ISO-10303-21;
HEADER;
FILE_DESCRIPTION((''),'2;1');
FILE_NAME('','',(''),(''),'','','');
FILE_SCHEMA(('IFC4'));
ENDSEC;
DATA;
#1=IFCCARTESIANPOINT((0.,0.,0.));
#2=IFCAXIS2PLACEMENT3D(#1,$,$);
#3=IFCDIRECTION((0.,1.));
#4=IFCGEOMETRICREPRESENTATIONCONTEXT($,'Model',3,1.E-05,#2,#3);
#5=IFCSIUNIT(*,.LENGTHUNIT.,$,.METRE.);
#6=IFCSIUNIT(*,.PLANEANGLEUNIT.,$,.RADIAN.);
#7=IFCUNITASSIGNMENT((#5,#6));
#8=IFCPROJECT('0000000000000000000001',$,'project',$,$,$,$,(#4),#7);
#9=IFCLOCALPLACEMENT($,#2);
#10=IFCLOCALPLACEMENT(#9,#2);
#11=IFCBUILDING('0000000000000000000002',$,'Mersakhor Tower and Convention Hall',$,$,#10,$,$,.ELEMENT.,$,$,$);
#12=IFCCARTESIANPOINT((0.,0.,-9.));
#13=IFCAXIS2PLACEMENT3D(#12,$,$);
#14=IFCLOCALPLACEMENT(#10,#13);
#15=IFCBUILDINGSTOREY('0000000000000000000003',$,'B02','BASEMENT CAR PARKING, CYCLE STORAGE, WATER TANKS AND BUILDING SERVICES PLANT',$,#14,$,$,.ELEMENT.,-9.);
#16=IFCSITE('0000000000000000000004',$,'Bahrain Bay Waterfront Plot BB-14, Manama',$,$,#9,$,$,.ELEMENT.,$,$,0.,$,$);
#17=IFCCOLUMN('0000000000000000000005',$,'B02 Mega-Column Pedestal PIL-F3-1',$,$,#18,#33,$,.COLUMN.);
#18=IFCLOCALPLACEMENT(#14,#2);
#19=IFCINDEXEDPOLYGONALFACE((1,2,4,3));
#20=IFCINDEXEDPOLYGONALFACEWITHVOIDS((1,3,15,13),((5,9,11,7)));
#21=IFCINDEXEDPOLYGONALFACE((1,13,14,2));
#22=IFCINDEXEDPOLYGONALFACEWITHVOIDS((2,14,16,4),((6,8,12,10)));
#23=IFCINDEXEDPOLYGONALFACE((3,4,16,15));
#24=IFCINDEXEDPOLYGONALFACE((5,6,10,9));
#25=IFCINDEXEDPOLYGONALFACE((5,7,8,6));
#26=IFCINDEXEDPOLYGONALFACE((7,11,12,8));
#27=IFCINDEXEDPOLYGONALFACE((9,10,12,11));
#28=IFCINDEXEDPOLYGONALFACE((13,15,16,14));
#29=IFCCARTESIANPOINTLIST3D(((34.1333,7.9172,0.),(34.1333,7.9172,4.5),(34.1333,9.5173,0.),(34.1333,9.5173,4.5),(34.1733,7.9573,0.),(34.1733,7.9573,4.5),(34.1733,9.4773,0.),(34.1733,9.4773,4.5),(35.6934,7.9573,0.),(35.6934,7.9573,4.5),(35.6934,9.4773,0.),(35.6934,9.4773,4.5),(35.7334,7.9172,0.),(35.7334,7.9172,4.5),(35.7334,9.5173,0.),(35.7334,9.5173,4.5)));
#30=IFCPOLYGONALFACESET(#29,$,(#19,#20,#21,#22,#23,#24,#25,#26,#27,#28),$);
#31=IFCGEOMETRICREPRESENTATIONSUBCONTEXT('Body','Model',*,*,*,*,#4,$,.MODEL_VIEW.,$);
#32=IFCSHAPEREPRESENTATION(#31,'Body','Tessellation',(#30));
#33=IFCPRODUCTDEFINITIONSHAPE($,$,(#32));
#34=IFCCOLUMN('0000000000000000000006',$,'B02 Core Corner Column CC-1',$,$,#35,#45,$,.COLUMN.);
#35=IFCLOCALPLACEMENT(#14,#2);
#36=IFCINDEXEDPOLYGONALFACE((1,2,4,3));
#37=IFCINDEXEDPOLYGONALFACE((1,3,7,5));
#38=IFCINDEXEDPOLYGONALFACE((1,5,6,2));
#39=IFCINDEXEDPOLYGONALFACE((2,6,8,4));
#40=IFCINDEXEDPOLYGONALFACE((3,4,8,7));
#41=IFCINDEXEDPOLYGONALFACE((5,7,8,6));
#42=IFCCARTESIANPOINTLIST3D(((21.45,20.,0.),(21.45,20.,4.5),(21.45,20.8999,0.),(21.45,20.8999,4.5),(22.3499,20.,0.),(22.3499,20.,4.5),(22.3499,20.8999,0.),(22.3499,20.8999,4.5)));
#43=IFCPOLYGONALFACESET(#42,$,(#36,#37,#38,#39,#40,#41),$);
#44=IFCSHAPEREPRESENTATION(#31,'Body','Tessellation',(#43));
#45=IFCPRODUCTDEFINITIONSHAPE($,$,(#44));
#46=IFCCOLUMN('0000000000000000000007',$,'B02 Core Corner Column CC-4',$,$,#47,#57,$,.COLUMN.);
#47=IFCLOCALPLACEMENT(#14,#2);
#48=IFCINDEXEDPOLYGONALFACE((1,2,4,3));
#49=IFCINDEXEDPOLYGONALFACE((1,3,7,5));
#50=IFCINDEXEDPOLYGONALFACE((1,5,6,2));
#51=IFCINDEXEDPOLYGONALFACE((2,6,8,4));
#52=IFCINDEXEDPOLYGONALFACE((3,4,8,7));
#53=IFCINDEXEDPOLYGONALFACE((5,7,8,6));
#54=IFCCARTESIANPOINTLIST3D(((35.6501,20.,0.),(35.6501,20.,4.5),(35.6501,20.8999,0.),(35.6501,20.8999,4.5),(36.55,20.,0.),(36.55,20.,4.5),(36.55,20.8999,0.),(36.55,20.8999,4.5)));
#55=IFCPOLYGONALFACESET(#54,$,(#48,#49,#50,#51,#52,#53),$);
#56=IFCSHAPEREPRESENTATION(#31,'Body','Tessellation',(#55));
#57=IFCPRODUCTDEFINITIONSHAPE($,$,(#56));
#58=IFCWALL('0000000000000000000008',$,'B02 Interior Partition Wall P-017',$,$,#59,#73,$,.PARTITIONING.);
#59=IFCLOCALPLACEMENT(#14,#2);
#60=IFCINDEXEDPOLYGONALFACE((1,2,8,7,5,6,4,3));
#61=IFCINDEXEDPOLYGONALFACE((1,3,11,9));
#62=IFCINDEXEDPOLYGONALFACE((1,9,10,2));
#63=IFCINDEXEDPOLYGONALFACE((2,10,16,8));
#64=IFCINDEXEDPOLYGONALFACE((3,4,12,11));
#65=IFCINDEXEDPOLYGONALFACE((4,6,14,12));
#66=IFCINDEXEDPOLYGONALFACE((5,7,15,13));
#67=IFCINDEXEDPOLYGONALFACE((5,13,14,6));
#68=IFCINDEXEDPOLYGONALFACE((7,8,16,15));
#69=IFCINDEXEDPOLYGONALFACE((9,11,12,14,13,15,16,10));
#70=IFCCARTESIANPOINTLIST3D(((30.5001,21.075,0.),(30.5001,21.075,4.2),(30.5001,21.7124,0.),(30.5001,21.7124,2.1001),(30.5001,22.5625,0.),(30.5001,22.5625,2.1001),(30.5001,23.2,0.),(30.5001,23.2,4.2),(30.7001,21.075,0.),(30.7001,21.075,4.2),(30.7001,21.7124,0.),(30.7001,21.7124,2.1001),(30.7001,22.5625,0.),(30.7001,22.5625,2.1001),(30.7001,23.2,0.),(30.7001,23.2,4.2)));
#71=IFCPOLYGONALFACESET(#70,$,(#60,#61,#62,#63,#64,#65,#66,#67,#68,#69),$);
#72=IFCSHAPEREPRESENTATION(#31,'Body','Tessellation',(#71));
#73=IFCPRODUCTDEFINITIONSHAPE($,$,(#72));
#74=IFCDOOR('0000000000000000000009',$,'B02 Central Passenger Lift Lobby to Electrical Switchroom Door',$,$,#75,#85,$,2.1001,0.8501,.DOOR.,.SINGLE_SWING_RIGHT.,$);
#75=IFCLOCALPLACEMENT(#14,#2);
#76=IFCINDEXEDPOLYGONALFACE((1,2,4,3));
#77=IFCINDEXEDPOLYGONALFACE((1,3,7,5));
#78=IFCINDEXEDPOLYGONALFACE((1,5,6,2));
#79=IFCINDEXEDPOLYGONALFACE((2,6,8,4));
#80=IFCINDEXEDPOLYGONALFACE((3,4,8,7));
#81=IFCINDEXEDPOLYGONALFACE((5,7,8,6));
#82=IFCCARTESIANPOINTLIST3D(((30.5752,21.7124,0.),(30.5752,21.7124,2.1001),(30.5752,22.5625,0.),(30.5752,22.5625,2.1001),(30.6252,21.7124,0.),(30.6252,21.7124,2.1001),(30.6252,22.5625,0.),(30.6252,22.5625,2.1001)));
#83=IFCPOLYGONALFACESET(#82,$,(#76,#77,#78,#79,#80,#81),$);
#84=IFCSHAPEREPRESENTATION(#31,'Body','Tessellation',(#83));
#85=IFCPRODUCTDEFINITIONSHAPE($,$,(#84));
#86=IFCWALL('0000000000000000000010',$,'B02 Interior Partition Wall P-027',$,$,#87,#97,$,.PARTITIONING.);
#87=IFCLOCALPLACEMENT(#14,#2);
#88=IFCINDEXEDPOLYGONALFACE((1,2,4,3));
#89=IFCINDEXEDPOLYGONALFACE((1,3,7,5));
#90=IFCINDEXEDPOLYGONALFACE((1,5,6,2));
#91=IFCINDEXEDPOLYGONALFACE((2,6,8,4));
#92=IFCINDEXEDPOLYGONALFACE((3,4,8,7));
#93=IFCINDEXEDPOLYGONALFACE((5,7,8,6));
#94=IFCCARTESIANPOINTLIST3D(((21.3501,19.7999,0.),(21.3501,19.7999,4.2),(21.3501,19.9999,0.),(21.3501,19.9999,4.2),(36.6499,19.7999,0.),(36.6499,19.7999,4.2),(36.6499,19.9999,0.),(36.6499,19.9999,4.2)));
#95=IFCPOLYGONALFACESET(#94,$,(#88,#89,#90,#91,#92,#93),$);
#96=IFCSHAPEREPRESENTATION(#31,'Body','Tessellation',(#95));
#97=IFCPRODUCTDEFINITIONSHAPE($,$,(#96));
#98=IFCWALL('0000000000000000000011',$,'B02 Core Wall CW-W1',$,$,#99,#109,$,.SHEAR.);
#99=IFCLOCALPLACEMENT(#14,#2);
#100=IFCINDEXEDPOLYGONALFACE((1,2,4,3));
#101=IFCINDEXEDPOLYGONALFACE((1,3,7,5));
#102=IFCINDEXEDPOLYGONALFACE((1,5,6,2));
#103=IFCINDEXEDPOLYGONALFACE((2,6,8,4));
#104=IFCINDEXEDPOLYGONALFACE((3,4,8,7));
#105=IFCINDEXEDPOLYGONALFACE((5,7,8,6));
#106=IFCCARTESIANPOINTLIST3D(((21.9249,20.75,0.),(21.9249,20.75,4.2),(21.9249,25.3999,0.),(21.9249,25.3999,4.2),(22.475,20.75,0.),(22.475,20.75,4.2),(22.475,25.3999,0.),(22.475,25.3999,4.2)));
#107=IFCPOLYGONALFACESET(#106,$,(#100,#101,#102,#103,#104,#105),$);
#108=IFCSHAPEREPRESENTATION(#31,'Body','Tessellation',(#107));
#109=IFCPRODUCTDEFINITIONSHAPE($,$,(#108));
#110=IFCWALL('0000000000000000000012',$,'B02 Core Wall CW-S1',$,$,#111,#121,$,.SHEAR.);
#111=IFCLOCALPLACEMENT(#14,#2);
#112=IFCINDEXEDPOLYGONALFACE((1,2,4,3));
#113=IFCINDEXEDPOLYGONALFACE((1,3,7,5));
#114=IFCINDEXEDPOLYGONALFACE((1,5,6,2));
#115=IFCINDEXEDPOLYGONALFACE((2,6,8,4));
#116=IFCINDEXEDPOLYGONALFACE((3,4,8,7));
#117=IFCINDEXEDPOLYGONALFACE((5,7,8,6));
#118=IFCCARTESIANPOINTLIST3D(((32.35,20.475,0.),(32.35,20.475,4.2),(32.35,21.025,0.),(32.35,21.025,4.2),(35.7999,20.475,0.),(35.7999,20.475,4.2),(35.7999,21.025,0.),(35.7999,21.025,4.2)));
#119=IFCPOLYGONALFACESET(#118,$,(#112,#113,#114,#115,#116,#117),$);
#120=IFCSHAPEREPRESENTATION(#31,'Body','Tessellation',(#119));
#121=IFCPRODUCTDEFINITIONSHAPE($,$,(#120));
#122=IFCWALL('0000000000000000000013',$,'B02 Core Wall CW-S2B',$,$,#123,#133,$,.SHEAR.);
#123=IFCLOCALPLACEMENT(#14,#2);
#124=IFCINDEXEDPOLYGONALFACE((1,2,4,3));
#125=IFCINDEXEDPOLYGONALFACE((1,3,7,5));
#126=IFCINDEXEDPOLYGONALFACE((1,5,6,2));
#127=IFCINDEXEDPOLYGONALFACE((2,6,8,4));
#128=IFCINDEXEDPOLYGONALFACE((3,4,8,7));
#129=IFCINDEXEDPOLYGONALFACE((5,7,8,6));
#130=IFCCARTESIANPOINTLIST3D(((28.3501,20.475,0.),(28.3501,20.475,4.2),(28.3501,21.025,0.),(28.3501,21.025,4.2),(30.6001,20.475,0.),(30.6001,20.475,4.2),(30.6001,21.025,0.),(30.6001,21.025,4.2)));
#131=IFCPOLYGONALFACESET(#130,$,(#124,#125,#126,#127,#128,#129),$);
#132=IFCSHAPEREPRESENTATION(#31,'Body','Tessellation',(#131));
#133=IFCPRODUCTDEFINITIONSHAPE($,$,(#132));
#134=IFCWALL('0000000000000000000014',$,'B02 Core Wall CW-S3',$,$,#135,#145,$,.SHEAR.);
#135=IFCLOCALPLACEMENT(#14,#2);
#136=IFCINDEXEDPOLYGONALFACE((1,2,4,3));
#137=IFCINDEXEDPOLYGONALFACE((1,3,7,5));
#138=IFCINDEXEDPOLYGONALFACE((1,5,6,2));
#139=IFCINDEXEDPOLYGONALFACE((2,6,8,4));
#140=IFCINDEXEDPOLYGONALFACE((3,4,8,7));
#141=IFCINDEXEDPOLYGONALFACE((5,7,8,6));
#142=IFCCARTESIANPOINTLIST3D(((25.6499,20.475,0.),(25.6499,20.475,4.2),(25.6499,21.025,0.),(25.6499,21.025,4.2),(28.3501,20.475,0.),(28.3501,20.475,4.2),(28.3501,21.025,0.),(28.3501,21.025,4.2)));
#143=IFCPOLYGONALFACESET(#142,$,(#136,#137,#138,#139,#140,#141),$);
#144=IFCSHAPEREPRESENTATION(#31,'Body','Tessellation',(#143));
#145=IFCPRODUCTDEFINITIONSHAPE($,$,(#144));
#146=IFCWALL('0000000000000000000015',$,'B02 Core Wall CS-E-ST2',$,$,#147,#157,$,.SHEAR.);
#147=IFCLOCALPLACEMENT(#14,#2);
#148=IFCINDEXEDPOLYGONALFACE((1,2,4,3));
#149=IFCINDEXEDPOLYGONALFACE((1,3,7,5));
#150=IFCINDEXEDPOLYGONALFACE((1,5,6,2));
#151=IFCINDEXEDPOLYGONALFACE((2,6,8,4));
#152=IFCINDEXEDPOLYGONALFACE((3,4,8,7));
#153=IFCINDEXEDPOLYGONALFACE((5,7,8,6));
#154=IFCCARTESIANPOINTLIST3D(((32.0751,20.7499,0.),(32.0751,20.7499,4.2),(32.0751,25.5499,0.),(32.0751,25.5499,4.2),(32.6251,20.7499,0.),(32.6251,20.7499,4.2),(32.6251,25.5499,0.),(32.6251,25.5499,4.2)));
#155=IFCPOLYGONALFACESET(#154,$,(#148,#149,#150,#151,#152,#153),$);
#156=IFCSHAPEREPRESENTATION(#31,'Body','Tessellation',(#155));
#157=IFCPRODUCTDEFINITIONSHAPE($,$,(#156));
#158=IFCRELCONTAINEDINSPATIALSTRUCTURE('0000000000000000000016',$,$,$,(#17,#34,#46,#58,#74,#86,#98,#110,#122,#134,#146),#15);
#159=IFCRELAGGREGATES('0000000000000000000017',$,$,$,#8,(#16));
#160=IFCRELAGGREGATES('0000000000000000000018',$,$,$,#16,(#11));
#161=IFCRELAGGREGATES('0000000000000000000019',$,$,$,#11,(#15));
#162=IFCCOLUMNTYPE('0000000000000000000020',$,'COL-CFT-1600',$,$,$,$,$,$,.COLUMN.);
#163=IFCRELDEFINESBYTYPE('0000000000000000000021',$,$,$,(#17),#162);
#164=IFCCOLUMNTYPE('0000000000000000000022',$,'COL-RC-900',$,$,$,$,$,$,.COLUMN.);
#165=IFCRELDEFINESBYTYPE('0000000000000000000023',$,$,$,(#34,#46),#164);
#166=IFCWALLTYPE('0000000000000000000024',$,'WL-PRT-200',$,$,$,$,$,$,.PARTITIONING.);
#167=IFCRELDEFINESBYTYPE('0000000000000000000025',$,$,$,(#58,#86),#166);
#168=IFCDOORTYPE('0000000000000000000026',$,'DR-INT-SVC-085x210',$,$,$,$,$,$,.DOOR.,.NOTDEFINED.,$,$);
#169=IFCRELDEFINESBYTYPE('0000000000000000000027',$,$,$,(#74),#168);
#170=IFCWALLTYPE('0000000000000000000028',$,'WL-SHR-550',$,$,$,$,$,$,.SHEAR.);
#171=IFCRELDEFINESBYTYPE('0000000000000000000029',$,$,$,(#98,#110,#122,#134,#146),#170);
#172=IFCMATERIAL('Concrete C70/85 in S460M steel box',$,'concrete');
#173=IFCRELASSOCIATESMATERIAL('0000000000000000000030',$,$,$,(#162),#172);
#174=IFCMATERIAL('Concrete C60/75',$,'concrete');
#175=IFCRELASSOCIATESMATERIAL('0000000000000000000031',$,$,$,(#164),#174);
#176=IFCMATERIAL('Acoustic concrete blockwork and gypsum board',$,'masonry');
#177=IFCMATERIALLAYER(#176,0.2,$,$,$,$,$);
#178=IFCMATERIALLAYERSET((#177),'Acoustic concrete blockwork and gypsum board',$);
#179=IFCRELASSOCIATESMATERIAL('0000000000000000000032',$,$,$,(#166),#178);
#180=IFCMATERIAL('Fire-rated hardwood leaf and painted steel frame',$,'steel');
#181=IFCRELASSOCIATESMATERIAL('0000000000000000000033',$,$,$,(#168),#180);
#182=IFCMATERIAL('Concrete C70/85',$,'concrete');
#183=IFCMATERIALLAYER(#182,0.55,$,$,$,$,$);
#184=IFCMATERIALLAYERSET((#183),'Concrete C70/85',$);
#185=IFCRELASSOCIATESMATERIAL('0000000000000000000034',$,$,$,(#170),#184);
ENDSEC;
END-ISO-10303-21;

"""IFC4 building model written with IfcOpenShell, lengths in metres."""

from ifc_helpers import new_model, si_unit, direction, frame, frame_2d, origin, origin_2d, place, context, subcontext, project, spatial, rectangle, hollow_rectangle, extrude, material, layer, layer_set, material_profile, profile_set, type_object, element, fill, save


model = new_model("IFC4")

# Units and contexts
model_context = context("Model", 3, precision=1e-05, world=origin(), true_north=direction((0.0, 1.0)))
body_context = subcontext(model_context, "Body", "Model", "MODEL_VIEW")
ifc_project = project(units=[si_unit("LENGTHUNIT", "METRE"), si_unit("PLANEANGLEUNIT", "RADIAN")], contexts=[model_context])

# Site, building, storey
site_placement = place(None, origin())
site = spatial("IfcSite", under=ifc_project, at=site_placement, Name="Bahrain Bay Waterfront Plot BB-14, Manama", CompositionType="ELEMENT", RefElevation=0.0)
building_placement = place(site_placement, origin())
building = spatial("IfcBuilding", under=site, at=building_placement, Name="Mersakhor Tower and Convention Hall", CompositionType="ELEMENT")
storey_placement = place(building_placement, frame((0.0, 0.0, -9.0)))
storey = spatial("IfcBuildingStorey", under=building, at=storey_placement, Name="B02", Description="BASEMENT CAR PARKING, CYCLE STORAGE, WATER TANKS AND BUILDING SERVICES PLANT", CompositionType="ELEMENT", Elevation=-9.0)

# Columns
ifc_material_1 = material(Name="Concrete C70/85 in S460M steel box", Category="concrete")
ifc_material_profile_1 = material_profile(ifc_material_1, hollow_rectangle(XDim=1.6001, YDim=1.6001, WallThickness=0.04, at=origin_2d()), Name="SHS 1600x1600x40")
ifc_profile_set_1 = profile_set([ifc_material_profile_1], Name="Concrete C70/85 in S460M steel box")
column_type_1 = type_object("IfcColumnType", Name="COL-CFT-1600", PredefinedType="COLUMN", material=ifc_profile_set_1)
column_placement = place(storey_placement, frame((34.9333, 8.7173, 0.0), z_axis=(0.0, 0.0, 1.0), x_axis=(1.0, 0.0, 0.0)))
element("IfcColumn", 1, at=column_placement, inside=storey, type_object=column_type_1, Name="B02 Mega-Column Pedestal PIL-F3-1", PredefinedType="COLUMN", context=body_context, shape_type="SweptSolid", body=[
    extrude(hollow_rectangle(XDim=1.6001, YDim=1.6001, WallThickness=0.04, at=origin_2d()), origin(), (0.0, 0.0, 1.0), 4.5),
])
ifc_material_2 = material(Name="Concrete C60/75", Category="concrete")
ifc_material_profile_2 = material_profile(ifc_material_2, rectangle(XDim=0.8999, YDim=0.8999, at=origin_2d()), Name="RC 900x900")
ifc_profile_set_2 = profile_set([ifc_material_profile_2], Name="Concrete C60/75")
column_type_2 = type_object("IfcColumnType", Name="COL-RC-900", PredefinedType="COLUMN", material=ifc_profile_set_2)
for number, where, z_axis, x_axis, name in (
    (2, (21.8999, 20.45, 0.0), (0.0, 0.0, 1.0), (1.0, 0.0, 0.0), "B02 Core Corner Column CC-1"),
    (3, (36.1001, 20.45, 0.0), (0.0, 0.0, 1.0), (1.0, 0.0, 0.0), "B02 Core Corner Column CC-4"),
):
    element("IfcColumn", number, at=place(storey_placement, frame(where, z_axis=z_axis, x_axis=x_axis)), inside=storey, type_object=column_type_2, Name=name, PredefinedType="COLUMN", context=body_context, shape_type="SweptSolid", body=[
        extrude(rectangle(XDim=0.8999, YDim=0.8999, at=origin_2d()), origin(), (0.0, 0.0, 1.0), 4.5),
    ])

# Wall, opening, door
ifc_material_3 = material(Name="Acoustic concrete blockwork and gypsum board", Category="masonry")
ifc_layer_1 = layer(ifc_material_3, 0.2)
ifc_layer_set_1 = layer_set([ifc_layer_1], Name="Acoustic concrete blockwork and gypsum board")
wall_type_1 = type_object("IfcWallType", Name="WL-PRT-200", PredefinedType="PARTITIONING", material=ifc_layer_set_1)
wall_1_placement = place(storey_placement, frame((30.6001, 21.075, 0.0), z_axis=(0.0, 0.0, 1.0), x_axis=(0.0, 1.0, 0.0)))
wall_1 = element("IfcWall", 4, at=wall_1_placement, inside=storey, type_object=wall_type_1, Name="B02 Interior Partition Wall P-017", PredefinedType="PARTITIONING", context=body_context, shape_type="SweptSolid", body=[
    extrude(rectangle(XDim=2.125, YDim=0.2, at=frame_2d((1.0625, 0.0))), origin(), (0.0, 0.0, 1.0), 4.2),
])
opening_1_placement = place(wall_1_placement, frame((0.6375, 0.0, 0.0)))
opening_1 = element("IfcOpeningElement", 5, at=opening_1_placement, cuts=wall_1, PredefinedType="OPENING", context=body_context, shape_type="SweptSolid", body=[
    extrude(rectangle(XDim=0.8501, YDim=2.1001, at=frame_2d((0.425, 1.05))), frame((0.0, 0.1099, 0.0), z_axis=(0.0, -1.0, 0.0), x_axis=(1.0, 0.0, 0.0)), (0.0, 0.0, 1.0), 0.22),
])
ifc_material_4 = material(Name="Fire-rated hardwood leaf and painted steel frame", Category="steel")
door_type_1 = type_object("IfcDoorType", Name="DR-INT-SVC-085x210", OperationType="NOTDEFINED", PredefinedType="DOOR", material=ifc_material_4)
door_1_placement = place(opening_1_placement, origin())
door_1 = element("IfcDoor", 6, at=door_1_placement, inside=storey, type_object=door_type_1, Name="B02 Central Passenger Lift Lobby to Electrical Switchroom Door", OperationType="SINGLE_SWING_RIGHT", OverallHeight=2.1001, OverallWidth=0.8501, PredefinedType="DOOR", context=body_context, shape_type="SweptSolid", body=[
    extrude(rectangle(XDim=0.8501, YDim=2.1001, at=frame_2d((0.425, 1.05))), frame((0.0, 0.0249, 0.0), z_axis=(0.0, -1.0, 0.0), x_axis=(1.0, 0.0, 0.0)), (0.0, 0.0, 1.0), 0.05),
])
fill(opening_1, door_1)

# Wall
wall_2_placement = place(storey_placement, frame((21.3501, 19.8999, 0.0), z_axis=(0.0, 0.0, 1.0), x_axis=(1.0, 0.0, 0.0)))
element("IfcWall", 7, at=wall_2_placement, inside=storey, type_object=wall_type_1, Name="B02 Interior Partition Wall P-027", PredefinedType="PARTITIONING", context=body_context, shape_type="SweptSolid", body=[
    extrude(rectangle(XDim=15.2998, YDim=0.2, at=frame_2d((7.6499, 0.0))), origin(), (0.0, 0.0, 1.0), 4.2),
])

# Walls
ifc_material_5 = material(Name="Concrete C70/85", Category="concrete")
ifc_layer_2 = layer(ifc_material_5, 0.55)
ifc_layer_set_2 = layer_set([ifc_layer_2], Name="Concrete C70/85")
wall_type_2 = type_object("IfcWallType", Name="WL-SHR-550", PredefinedType="SHEAR", material=ifc_layer_set_2)
wall_3_placement = place(storey_placement, frame((22.2, 20.75, 0.0), z_axis=(0.0, 0.0, 1.0), x_axis=(0.0, 1.0, 0.0)))
element("IfcWall", 8, at=wall_3_placement, inside=storey, type_object=wall_type_2, Name="B02 Core Wall CW-W1", PredefinedType="SHEAR", context=body_context, shape_type="SweptSolid", body=[
    extrude(rectangle(XDim=4.6499, YDim=0.55, at=frame_2d((2.325, 0.0))), origin(), (0.0, 0.0, 1.0), 4.2),
])
wall_4_placement = place(storey_placement, frame((35.8, 20.75, 0.0), z_axis=(0.0, 0.0, 1.0), x_axis=(-1.0, 0.0, 0.0)))
element("IfcWall", 9, at=wall_4_placement, inside=storey, type_object=wall_type_2, Name="B02 Core Wall CW-S1", PredefinedType="SHEAR", context=body_context, shape_type="SweptSolid", body=[
    extrude(rectangle(XDim=3.45, YDim=0.55, at=frame_2d((1.7251, 0.0))), origin(), (0.0, 0.0, 1.0), 4.2),
])

# Walls
wall_5_placement = place(storey_placement, frame((30.6001, 20.75, 0.0), z_axis=(0.0, 0.0, 1.0), x_axis=(-1.0, 0.0, 0.0)))
element("IfcWall", 10, at=wall_5_placement, inside=storey, type_object=wall_type_2, Name="B02 Core Wall CW-S2B", PredefinedType="SHEAR", context=body_context, shape_type="SweptSolid", body=[
    extrude(rectangle(XDim=2.25, YDim=0.55, at=frame_2d((1.125, 0.0))), origin(), (0.0, 0.0, 1.0), 4.2),
])
wall_6_placement = place(storey_placement, frame((28.3501, 20.75, 0.0), z_axis=(0.0, 0.0, 1.0), x_axis=(-1.0, 0.0, 0.0)))
element("IfcWall", 11, at=wall_6_placement, inside=storey, type_object=wall_type_2, Name="B02 Core Wall CW-S3", PredefinedType="SHEAR", context=body_context, shape_type="SweptSolid", body=[
    extrude(rectangle(XDim=2.7002, YDim=0.55, at=frame_2d((1.3501, 0.0))), origin(), (0.0, 0.0, 1.0), 4.2),
])

# Wall
wall_7_placement = place(storey_placement, frame((32.3501, 20.75, 0.0), z_axis=(0.0, 0.0, 1.0), x_axis=(0.0, 1.0, 0.0)))
element("IfcWall", 12, at=wall_7_placement, inside=storey, type_object=wall_type_2, Name="B02 Core Wall CS-E-ST2", PredefinedType="SHEAR", context=body_context, shape_type="SweptSolid", body=[
    extrude(rectangle(XDim=4.8, YDim=0.55, at=frame_2d((2.3999, 0.0))), origin(), (0.0, 0.0, 1.0), 4.2),
])

save(model, "model.ifc")
